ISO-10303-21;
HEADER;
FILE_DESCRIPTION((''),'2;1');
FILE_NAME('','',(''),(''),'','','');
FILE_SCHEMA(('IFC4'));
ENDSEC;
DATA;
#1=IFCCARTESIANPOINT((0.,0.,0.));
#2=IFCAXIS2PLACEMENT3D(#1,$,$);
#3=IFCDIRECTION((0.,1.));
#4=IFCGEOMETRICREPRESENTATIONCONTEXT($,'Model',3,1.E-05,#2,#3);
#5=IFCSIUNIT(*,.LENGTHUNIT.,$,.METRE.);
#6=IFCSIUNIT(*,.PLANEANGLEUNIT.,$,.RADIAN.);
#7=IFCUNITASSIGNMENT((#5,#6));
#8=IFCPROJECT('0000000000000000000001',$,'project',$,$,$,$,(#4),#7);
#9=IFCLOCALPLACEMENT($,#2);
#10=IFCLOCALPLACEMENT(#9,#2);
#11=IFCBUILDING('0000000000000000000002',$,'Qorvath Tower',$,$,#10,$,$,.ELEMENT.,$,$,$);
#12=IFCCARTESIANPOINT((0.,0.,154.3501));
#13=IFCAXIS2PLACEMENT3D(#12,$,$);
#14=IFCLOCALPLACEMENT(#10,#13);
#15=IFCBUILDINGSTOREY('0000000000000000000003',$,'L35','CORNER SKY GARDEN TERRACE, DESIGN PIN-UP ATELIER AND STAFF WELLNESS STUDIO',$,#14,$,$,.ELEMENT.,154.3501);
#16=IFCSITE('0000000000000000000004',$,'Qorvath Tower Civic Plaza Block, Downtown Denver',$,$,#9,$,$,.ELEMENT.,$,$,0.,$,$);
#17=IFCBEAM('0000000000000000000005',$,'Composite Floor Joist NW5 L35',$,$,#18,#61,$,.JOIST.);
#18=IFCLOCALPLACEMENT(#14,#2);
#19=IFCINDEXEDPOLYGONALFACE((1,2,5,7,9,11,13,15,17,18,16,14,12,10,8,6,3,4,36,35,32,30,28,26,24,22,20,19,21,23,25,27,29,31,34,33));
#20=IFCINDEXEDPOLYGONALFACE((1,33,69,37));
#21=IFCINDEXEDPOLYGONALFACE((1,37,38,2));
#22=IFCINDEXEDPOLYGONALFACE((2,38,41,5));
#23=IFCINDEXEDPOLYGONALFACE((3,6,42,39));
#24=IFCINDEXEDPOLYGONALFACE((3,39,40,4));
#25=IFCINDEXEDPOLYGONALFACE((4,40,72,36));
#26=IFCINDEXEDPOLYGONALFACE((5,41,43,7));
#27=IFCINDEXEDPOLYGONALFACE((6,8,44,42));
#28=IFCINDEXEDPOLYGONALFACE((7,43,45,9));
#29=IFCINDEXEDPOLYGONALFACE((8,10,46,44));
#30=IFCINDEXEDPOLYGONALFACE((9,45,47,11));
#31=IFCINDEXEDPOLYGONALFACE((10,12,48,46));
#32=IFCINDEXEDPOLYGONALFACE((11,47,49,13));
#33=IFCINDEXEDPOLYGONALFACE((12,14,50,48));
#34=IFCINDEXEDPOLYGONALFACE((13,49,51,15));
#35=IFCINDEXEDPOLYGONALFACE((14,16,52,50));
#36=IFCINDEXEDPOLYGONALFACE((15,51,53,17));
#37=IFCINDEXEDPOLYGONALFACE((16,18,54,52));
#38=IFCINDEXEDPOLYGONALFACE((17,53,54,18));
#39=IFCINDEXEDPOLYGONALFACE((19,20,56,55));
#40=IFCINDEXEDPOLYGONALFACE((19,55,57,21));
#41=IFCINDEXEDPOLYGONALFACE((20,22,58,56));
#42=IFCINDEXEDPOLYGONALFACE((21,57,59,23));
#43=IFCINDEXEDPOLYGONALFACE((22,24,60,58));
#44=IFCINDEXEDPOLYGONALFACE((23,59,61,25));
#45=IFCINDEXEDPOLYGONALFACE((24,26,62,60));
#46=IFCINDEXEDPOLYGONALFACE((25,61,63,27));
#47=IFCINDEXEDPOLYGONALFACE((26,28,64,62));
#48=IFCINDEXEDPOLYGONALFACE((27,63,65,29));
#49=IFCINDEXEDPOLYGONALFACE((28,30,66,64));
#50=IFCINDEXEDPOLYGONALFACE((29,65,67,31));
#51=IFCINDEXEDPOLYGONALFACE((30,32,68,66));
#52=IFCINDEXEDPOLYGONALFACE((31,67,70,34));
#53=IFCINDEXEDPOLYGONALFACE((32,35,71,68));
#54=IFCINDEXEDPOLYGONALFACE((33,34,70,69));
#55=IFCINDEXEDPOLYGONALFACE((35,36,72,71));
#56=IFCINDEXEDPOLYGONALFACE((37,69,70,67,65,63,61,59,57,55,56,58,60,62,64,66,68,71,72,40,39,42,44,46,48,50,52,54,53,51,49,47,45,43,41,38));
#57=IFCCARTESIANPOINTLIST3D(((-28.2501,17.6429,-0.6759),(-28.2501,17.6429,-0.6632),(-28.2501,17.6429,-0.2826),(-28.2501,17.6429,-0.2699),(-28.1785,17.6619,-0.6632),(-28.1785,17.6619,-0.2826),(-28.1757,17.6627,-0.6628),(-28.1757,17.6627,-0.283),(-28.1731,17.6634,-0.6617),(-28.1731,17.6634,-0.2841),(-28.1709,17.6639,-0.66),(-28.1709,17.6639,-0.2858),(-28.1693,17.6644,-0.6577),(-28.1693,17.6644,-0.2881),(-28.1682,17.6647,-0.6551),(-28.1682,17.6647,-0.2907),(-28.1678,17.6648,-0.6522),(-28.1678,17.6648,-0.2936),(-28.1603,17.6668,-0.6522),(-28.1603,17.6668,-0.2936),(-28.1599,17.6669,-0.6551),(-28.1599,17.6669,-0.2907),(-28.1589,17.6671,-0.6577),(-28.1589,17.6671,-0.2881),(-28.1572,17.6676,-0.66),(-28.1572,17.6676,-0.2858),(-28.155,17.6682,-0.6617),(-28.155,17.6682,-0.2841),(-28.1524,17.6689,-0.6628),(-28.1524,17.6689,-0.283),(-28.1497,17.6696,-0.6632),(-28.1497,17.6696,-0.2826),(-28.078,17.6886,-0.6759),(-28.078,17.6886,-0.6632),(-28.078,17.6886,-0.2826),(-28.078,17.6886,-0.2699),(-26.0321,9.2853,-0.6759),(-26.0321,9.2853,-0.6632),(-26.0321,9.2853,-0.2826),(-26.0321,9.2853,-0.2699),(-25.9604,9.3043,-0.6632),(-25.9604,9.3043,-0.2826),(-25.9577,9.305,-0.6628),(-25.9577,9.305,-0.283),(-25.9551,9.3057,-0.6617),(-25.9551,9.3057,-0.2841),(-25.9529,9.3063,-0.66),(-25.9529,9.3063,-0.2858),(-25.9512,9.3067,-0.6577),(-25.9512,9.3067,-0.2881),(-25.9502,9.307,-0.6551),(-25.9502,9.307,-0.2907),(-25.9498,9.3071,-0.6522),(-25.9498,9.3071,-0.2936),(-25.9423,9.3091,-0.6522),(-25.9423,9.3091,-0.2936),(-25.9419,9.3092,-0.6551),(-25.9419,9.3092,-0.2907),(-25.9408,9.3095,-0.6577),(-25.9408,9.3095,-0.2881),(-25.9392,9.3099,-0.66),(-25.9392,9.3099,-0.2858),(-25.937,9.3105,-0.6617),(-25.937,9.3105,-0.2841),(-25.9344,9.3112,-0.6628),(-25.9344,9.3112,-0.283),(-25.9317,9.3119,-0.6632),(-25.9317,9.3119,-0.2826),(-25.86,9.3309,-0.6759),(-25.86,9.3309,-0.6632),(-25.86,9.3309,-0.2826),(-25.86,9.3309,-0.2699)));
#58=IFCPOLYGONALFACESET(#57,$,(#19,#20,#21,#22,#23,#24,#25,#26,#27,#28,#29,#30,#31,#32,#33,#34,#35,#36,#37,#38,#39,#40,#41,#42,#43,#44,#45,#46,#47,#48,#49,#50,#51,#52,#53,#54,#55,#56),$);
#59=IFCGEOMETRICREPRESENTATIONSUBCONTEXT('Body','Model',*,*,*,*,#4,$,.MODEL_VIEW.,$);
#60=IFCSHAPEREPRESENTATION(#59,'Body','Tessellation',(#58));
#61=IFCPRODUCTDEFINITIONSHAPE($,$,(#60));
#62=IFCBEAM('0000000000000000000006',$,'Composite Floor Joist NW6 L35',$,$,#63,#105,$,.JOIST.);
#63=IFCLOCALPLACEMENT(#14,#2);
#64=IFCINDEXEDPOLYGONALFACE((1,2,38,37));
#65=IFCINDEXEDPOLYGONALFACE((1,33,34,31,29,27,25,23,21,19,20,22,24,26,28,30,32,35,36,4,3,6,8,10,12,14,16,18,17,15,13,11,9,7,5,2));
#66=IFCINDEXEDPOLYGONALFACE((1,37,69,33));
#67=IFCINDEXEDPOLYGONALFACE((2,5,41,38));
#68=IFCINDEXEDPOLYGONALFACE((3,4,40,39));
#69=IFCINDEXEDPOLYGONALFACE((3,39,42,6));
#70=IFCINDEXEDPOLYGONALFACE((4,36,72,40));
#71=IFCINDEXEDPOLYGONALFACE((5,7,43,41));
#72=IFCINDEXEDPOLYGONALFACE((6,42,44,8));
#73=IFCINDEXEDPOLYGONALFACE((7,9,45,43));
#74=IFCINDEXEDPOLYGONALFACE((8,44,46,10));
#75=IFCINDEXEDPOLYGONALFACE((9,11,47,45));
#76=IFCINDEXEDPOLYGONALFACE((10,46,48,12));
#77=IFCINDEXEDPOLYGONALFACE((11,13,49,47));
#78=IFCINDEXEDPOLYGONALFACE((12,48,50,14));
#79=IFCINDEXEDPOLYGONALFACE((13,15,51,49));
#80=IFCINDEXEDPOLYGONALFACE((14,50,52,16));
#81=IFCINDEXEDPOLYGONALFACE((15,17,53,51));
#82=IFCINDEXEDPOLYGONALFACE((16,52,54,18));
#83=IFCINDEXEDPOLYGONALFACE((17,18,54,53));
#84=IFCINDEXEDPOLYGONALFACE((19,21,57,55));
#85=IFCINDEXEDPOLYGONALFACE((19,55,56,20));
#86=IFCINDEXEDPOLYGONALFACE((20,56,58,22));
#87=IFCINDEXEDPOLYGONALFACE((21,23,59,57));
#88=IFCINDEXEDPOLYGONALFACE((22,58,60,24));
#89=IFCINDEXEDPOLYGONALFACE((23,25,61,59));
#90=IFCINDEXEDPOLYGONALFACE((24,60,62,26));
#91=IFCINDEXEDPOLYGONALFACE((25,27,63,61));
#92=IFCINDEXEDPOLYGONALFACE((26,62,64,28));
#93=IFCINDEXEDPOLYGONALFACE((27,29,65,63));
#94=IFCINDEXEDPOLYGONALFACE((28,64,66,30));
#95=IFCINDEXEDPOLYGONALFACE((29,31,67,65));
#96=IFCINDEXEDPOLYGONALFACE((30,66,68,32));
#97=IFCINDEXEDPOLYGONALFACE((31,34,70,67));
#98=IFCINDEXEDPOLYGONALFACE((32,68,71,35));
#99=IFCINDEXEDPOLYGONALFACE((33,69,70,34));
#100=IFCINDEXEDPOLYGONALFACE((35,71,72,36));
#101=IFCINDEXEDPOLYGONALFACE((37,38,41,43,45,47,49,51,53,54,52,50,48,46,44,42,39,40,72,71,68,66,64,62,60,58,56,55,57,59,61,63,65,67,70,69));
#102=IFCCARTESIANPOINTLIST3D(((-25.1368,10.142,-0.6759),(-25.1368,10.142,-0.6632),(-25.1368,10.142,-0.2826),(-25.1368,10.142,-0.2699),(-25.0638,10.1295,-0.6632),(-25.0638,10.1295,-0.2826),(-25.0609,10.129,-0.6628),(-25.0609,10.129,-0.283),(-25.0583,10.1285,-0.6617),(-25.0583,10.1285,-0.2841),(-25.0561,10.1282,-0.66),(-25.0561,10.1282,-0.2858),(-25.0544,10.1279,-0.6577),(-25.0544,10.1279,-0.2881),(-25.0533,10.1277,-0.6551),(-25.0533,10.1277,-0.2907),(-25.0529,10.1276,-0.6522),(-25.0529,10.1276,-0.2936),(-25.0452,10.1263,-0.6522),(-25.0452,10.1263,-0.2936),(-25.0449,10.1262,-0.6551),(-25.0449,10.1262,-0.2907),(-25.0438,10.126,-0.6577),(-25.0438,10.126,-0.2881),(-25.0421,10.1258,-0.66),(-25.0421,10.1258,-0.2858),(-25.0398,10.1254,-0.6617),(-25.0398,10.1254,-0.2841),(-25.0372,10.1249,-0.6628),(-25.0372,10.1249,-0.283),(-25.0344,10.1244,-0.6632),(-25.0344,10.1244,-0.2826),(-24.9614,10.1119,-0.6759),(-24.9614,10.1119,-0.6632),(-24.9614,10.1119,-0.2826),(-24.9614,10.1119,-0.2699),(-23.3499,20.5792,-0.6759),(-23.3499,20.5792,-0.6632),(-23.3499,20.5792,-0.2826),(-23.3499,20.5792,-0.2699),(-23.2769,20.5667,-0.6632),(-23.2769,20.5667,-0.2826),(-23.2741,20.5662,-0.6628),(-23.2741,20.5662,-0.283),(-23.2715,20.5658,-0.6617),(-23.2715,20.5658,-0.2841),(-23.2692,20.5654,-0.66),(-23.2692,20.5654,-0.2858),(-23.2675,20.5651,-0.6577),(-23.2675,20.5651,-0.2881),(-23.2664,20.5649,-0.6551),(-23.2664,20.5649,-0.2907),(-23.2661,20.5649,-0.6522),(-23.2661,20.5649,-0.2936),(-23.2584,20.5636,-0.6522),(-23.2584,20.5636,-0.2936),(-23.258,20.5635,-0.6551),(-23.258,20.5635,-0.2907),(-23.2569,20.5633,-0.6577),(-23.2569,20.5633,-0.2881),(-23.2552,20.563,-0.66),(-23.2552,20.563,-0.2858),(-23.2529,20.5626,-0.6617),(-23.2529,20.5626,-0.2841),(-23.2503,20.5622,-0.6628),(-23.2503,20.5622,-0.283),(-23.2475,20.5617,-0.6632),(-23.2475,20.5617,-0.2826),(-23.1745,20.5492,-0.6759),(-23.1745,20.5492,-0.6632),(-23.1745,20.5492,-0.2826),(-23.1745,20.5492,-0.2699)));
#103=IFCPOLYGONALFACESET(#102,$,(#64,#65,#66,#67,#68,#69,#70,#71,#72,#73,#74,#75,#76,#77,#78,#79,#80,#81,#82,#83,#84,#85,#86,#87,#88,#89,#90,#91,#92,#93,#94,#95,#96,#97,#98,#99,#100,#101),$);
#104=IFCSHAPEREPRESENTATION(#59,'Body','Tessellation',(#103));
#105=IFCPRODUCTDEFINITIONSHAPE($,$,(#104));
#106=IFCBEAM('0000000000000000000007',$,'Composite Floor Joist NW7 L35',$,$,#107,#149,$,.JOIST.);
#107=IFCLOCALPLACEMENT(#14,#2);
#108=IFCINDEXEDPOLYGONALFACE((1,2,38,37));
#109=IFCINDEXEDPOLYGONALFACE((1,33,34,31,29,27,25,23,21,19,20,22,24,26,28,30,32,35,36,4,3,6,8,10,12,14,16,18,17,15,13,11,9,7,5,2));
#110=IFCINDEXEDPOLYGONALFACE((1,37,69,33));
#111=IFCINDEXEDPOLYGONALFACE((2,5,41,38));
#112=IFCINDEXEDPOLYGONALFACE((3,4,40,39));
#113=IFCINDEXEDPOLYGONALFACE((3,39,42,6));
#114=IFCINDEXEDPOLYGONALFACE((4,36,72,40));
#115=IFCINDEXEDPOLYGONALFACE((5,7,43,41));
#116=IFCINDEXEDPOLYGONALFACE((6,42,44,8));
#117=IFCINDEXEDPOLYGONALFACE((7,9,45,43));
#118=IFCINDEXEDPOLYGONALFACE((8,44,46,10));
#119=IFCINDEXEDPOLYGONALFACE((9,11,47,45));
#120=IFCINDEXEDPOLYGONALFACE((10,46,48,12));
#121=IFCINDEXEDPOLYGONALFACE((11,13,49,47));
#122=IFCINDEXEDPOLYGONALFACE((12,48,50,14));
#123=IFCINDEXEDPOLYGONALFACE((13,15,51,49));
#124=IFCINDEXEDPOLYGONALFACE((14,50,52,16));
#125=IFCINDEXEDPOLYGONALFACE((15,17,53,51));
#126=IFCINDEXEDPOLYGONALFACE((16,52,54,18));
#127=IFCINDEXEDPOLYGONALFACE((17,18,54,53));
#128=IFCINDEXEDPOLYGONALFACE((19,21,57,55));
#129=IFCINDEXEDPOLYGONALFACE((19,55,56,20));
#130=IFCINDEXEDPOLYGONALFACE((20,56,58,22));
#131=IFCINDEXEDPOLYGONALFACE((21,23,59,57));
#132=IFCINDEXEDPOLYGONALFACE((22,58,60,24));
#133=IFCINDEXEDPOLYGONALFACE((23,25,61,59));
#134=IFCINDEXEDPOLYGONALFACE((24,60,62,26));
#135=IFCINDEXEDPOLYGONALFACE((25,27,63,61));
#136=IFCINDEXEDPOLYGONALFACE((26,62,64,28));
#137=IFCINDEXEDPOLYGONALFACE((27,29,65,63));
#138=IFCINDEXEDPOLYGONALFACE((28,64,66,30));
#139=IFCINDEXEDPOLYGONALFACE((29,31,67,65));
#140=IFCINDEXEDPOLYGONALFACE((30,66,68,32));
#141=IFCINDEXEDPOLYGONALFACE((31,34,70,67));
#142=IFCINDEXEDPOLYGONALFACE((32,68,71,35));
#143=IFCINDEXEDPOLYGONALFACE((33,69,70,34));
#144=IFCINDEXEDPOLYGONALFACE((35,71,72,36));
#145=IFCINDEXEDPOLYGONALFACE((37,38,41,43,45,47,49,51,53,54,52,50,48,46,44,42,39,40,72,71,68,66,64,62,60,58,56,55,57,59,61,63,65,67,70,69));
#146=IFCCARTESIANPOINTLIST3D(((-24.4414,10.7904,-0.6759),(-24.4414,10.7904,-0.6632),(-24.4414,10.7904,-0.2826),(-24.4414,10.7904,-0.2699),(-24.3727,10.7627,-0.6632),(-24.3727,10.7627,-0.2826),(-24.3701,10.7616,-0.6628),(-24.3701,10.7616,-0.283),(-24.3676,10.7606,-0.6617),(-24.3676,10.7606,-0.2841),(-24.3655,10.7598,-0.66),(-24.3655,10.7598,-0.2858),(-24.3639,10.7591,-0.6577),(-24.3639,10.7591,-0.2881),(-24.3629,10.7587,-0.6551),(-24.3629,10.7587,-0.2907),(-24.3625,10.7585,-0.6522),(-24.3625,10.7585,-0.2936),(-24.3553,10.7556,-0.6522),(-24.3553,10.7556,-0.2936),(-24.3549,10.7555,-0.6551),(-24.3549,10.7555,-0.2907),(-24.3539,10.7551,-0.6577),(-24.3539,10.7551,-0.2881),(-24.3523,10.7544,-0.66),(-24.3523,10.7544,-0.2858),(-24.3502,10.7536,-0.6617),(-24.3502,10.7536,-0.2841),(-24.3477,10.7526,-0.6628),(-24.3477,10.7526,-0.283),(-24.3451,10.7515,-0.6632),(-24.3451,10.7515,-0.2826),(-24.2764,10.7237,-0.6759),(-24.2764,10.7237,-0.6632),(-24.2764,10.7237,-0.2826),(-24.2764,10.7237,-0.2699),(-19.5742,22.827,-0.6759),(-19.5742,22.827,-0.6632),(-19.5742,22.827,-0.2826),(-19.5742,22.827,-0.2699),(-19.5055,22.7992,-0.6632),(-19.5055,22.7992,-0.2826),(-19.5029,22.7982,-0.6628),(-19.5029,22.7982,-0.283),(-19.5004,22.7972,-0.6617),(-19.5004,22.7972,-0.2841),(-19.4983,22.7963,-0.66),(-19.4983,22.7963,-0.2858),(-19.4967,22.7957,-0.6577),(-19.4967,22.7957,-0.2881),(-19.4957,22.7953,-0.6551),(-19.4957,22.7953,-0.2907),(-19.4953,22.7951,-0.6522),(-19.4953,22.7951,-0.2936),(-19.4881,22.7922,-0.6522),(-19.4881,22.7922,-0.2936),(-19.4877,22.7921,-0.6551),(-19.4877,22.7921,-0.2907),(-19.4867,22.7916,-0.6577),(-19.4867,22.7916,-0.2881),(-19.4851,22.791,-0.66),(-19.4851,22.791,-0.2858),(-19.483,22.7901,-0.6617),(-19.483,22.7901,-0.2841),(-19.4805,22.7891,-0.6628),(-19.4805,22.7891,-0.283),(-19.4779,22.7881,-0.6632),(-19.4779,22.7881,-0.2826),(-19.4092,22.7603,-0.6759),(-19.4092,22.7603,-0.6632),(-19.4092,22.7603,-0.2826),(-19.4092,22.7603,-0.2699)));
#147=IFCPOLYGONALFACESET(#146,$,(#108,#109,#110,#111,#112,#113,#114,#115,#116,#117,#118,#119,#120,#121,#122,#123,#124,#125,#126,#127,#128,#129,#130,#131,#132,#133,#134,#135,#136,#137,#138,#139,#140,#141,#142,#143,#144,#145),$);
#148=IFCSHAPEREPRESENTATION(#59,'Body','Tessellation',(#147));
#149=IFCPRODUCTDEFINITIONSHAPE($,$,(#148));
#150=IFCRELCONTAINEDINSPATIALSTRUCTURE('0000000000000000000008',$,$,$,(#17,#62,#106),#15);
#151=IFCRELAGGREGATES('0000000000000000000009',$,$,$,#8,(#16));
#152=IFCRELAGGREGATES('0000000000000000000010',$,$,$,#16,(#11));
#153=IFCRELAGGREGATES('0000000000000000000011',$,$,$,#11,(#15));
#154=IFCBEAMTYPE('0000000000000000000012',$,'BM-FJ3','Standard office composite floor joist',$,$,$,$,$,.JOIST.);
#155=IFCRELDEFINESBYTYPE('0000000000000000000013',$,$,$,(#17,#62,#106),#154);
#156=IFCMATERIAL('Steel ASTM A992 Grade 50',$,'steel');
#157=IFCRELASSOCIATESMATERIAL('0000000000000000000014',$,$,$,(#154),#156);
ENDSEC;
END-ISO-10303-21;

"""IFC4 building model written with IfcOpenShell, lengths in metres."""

from ifc_helpers import new_model, si_unit, direction, frame, origin, origin_2d, place, context, subcontext, project, spatial, i_section, extrude, material, material_profile, profile_set, type_object, element, save


model = new_model("IFC4")

# Units and contexts
model_context = context("Model", 3, precision=1e-05, world=origin(), true_north=direction((0.0, 1.0)))
body_context = subcontext(model_context, "Body", "Model", "MODEL_VIEW")
ifc_project = project(units=[si_unit("LENGTHUNIT", "METRE"), si_unit("PLANEANGLEUNIT", "RADIAN")], contexts=[model_context])

# Site, building, storey
site_placement = place(None, origin())
site = spatial("IfcSite", under=ifc_project, at=site_placement, Name="Qorvath Tower Civic Plaza Block, Downtown Denver", CompositionType="ELEMENT", RefElevation=0.0)
building_placement = place(site_placement, origin())
building = spatial("IfcBuilding", under=site, at=building_placement, Name="Qorvath Tower", CompositionType="ELEMENT")
storey_placement = place(building_placement, frame((0.0, 0.0, 154.3501)))
storey = spatial("IfcBuildingStorey", under=building, at=storey_placement, Name="L35", Description="CORNER SKY GARDEN TERRACE, DESIGN PIN-UP ATELIER AND STAFF WELLNESS STUDIO", CompositionType="ELEMENT", Elevation=154.3501)

# Beams
ifc_material_1 = material(Name="Steel ASTM A992 Grade 50", Category="steel")
ifc_material_profile_1 = material_profile(ifc_material_1, i_section(OverallWidth=0.178, OverallDepth=0.406, WebThickness=0.0078, FlangeThickness=0.0127, FilletRadius=0.011, at=origin_2d()), Name="W16x40")
ifc_profile_set_1 = profile_set([ifc_material_profile_1], Name="Steel ASTM A992 Grade 50")
beam_type_1 = type_object("IfcBeamType", Name="BM-FJ3", Description="Standard office composite floor joist", PredefinedType="JOIST", material=ifc_profile_set_1)
beam_1_placement = place(storey_placement, frame((-25.946, 9.3081, -0.4729), z_axis=(-0.256508, 0.966542, 0.0), x_axis=(-0.966542, -0.256508, 0.0)))
element("IfcBeam", 1, at=beam_1_placement, inside=storey, type_object=beam_type_1, Name="Composite Floor Joist NW5 L35", PredefinedType="JOIST", context=body_context, shape_type="SweptSolid", body=[
    extrude(i_section(OverallWidth=0.178, OverallDepth=0.406, WebThickness=0.0078, FlangeThickness=0.0127, FilletRadius=0.011, at=origin_2d()), origin(), (0.0, 0.0, 1.0), 8.647),
])
beam_2_placement = place(storey_placement, frame((-25.0491, 10.127, -0.4729), z_axis=(0.168746, 0.98566, 0.0), x_axis=(-0.98566, 0.168746, 0.0)))
element("IfcBeam", 2, at=beam_2_placement, inside=storey, type_object=beam_type_1, Name="Composite Floor Joist NW6 L35", PredefinedType="JOIST", context=body_context, shape_type="SweptSolid", body=[
    extrude(i_section(OverallWidth=0.178, OverallDepth=0.406, WebThickness=0.0078, FlangeThickness=0.0127, FilletRadius=0.011, at=origin_2d()), origin(), (0.0, 0.0, 1.0), 10.5891),
])
beam_3_placement = place(storey_placement, frame((-24.3589, 10.7571, -0.4729), z_axis=(0.374877, 0.927075, 0.0), x_axis=(-0.927075, 0.374877, 0.0)))
element("IfcBeam", 3, at=beam_3_placement, inside=storey, type_object=beam_type_1, Name="Composite Floor Joist NW7 L35", PredefinedType="JOIST", context=body_context, shape_type="SweptSolid", body=[
    extrude(i_section(OverallWidth=0.178, OverallDepth=0.406, WebThickness=0.0078, FlangeThickness=0.0127, FilletRadius=0.011, at=origin_2d()), origin(), (0.0, 0.0, 1.0), 12.9834),
])

save(model, "model.ifc")
